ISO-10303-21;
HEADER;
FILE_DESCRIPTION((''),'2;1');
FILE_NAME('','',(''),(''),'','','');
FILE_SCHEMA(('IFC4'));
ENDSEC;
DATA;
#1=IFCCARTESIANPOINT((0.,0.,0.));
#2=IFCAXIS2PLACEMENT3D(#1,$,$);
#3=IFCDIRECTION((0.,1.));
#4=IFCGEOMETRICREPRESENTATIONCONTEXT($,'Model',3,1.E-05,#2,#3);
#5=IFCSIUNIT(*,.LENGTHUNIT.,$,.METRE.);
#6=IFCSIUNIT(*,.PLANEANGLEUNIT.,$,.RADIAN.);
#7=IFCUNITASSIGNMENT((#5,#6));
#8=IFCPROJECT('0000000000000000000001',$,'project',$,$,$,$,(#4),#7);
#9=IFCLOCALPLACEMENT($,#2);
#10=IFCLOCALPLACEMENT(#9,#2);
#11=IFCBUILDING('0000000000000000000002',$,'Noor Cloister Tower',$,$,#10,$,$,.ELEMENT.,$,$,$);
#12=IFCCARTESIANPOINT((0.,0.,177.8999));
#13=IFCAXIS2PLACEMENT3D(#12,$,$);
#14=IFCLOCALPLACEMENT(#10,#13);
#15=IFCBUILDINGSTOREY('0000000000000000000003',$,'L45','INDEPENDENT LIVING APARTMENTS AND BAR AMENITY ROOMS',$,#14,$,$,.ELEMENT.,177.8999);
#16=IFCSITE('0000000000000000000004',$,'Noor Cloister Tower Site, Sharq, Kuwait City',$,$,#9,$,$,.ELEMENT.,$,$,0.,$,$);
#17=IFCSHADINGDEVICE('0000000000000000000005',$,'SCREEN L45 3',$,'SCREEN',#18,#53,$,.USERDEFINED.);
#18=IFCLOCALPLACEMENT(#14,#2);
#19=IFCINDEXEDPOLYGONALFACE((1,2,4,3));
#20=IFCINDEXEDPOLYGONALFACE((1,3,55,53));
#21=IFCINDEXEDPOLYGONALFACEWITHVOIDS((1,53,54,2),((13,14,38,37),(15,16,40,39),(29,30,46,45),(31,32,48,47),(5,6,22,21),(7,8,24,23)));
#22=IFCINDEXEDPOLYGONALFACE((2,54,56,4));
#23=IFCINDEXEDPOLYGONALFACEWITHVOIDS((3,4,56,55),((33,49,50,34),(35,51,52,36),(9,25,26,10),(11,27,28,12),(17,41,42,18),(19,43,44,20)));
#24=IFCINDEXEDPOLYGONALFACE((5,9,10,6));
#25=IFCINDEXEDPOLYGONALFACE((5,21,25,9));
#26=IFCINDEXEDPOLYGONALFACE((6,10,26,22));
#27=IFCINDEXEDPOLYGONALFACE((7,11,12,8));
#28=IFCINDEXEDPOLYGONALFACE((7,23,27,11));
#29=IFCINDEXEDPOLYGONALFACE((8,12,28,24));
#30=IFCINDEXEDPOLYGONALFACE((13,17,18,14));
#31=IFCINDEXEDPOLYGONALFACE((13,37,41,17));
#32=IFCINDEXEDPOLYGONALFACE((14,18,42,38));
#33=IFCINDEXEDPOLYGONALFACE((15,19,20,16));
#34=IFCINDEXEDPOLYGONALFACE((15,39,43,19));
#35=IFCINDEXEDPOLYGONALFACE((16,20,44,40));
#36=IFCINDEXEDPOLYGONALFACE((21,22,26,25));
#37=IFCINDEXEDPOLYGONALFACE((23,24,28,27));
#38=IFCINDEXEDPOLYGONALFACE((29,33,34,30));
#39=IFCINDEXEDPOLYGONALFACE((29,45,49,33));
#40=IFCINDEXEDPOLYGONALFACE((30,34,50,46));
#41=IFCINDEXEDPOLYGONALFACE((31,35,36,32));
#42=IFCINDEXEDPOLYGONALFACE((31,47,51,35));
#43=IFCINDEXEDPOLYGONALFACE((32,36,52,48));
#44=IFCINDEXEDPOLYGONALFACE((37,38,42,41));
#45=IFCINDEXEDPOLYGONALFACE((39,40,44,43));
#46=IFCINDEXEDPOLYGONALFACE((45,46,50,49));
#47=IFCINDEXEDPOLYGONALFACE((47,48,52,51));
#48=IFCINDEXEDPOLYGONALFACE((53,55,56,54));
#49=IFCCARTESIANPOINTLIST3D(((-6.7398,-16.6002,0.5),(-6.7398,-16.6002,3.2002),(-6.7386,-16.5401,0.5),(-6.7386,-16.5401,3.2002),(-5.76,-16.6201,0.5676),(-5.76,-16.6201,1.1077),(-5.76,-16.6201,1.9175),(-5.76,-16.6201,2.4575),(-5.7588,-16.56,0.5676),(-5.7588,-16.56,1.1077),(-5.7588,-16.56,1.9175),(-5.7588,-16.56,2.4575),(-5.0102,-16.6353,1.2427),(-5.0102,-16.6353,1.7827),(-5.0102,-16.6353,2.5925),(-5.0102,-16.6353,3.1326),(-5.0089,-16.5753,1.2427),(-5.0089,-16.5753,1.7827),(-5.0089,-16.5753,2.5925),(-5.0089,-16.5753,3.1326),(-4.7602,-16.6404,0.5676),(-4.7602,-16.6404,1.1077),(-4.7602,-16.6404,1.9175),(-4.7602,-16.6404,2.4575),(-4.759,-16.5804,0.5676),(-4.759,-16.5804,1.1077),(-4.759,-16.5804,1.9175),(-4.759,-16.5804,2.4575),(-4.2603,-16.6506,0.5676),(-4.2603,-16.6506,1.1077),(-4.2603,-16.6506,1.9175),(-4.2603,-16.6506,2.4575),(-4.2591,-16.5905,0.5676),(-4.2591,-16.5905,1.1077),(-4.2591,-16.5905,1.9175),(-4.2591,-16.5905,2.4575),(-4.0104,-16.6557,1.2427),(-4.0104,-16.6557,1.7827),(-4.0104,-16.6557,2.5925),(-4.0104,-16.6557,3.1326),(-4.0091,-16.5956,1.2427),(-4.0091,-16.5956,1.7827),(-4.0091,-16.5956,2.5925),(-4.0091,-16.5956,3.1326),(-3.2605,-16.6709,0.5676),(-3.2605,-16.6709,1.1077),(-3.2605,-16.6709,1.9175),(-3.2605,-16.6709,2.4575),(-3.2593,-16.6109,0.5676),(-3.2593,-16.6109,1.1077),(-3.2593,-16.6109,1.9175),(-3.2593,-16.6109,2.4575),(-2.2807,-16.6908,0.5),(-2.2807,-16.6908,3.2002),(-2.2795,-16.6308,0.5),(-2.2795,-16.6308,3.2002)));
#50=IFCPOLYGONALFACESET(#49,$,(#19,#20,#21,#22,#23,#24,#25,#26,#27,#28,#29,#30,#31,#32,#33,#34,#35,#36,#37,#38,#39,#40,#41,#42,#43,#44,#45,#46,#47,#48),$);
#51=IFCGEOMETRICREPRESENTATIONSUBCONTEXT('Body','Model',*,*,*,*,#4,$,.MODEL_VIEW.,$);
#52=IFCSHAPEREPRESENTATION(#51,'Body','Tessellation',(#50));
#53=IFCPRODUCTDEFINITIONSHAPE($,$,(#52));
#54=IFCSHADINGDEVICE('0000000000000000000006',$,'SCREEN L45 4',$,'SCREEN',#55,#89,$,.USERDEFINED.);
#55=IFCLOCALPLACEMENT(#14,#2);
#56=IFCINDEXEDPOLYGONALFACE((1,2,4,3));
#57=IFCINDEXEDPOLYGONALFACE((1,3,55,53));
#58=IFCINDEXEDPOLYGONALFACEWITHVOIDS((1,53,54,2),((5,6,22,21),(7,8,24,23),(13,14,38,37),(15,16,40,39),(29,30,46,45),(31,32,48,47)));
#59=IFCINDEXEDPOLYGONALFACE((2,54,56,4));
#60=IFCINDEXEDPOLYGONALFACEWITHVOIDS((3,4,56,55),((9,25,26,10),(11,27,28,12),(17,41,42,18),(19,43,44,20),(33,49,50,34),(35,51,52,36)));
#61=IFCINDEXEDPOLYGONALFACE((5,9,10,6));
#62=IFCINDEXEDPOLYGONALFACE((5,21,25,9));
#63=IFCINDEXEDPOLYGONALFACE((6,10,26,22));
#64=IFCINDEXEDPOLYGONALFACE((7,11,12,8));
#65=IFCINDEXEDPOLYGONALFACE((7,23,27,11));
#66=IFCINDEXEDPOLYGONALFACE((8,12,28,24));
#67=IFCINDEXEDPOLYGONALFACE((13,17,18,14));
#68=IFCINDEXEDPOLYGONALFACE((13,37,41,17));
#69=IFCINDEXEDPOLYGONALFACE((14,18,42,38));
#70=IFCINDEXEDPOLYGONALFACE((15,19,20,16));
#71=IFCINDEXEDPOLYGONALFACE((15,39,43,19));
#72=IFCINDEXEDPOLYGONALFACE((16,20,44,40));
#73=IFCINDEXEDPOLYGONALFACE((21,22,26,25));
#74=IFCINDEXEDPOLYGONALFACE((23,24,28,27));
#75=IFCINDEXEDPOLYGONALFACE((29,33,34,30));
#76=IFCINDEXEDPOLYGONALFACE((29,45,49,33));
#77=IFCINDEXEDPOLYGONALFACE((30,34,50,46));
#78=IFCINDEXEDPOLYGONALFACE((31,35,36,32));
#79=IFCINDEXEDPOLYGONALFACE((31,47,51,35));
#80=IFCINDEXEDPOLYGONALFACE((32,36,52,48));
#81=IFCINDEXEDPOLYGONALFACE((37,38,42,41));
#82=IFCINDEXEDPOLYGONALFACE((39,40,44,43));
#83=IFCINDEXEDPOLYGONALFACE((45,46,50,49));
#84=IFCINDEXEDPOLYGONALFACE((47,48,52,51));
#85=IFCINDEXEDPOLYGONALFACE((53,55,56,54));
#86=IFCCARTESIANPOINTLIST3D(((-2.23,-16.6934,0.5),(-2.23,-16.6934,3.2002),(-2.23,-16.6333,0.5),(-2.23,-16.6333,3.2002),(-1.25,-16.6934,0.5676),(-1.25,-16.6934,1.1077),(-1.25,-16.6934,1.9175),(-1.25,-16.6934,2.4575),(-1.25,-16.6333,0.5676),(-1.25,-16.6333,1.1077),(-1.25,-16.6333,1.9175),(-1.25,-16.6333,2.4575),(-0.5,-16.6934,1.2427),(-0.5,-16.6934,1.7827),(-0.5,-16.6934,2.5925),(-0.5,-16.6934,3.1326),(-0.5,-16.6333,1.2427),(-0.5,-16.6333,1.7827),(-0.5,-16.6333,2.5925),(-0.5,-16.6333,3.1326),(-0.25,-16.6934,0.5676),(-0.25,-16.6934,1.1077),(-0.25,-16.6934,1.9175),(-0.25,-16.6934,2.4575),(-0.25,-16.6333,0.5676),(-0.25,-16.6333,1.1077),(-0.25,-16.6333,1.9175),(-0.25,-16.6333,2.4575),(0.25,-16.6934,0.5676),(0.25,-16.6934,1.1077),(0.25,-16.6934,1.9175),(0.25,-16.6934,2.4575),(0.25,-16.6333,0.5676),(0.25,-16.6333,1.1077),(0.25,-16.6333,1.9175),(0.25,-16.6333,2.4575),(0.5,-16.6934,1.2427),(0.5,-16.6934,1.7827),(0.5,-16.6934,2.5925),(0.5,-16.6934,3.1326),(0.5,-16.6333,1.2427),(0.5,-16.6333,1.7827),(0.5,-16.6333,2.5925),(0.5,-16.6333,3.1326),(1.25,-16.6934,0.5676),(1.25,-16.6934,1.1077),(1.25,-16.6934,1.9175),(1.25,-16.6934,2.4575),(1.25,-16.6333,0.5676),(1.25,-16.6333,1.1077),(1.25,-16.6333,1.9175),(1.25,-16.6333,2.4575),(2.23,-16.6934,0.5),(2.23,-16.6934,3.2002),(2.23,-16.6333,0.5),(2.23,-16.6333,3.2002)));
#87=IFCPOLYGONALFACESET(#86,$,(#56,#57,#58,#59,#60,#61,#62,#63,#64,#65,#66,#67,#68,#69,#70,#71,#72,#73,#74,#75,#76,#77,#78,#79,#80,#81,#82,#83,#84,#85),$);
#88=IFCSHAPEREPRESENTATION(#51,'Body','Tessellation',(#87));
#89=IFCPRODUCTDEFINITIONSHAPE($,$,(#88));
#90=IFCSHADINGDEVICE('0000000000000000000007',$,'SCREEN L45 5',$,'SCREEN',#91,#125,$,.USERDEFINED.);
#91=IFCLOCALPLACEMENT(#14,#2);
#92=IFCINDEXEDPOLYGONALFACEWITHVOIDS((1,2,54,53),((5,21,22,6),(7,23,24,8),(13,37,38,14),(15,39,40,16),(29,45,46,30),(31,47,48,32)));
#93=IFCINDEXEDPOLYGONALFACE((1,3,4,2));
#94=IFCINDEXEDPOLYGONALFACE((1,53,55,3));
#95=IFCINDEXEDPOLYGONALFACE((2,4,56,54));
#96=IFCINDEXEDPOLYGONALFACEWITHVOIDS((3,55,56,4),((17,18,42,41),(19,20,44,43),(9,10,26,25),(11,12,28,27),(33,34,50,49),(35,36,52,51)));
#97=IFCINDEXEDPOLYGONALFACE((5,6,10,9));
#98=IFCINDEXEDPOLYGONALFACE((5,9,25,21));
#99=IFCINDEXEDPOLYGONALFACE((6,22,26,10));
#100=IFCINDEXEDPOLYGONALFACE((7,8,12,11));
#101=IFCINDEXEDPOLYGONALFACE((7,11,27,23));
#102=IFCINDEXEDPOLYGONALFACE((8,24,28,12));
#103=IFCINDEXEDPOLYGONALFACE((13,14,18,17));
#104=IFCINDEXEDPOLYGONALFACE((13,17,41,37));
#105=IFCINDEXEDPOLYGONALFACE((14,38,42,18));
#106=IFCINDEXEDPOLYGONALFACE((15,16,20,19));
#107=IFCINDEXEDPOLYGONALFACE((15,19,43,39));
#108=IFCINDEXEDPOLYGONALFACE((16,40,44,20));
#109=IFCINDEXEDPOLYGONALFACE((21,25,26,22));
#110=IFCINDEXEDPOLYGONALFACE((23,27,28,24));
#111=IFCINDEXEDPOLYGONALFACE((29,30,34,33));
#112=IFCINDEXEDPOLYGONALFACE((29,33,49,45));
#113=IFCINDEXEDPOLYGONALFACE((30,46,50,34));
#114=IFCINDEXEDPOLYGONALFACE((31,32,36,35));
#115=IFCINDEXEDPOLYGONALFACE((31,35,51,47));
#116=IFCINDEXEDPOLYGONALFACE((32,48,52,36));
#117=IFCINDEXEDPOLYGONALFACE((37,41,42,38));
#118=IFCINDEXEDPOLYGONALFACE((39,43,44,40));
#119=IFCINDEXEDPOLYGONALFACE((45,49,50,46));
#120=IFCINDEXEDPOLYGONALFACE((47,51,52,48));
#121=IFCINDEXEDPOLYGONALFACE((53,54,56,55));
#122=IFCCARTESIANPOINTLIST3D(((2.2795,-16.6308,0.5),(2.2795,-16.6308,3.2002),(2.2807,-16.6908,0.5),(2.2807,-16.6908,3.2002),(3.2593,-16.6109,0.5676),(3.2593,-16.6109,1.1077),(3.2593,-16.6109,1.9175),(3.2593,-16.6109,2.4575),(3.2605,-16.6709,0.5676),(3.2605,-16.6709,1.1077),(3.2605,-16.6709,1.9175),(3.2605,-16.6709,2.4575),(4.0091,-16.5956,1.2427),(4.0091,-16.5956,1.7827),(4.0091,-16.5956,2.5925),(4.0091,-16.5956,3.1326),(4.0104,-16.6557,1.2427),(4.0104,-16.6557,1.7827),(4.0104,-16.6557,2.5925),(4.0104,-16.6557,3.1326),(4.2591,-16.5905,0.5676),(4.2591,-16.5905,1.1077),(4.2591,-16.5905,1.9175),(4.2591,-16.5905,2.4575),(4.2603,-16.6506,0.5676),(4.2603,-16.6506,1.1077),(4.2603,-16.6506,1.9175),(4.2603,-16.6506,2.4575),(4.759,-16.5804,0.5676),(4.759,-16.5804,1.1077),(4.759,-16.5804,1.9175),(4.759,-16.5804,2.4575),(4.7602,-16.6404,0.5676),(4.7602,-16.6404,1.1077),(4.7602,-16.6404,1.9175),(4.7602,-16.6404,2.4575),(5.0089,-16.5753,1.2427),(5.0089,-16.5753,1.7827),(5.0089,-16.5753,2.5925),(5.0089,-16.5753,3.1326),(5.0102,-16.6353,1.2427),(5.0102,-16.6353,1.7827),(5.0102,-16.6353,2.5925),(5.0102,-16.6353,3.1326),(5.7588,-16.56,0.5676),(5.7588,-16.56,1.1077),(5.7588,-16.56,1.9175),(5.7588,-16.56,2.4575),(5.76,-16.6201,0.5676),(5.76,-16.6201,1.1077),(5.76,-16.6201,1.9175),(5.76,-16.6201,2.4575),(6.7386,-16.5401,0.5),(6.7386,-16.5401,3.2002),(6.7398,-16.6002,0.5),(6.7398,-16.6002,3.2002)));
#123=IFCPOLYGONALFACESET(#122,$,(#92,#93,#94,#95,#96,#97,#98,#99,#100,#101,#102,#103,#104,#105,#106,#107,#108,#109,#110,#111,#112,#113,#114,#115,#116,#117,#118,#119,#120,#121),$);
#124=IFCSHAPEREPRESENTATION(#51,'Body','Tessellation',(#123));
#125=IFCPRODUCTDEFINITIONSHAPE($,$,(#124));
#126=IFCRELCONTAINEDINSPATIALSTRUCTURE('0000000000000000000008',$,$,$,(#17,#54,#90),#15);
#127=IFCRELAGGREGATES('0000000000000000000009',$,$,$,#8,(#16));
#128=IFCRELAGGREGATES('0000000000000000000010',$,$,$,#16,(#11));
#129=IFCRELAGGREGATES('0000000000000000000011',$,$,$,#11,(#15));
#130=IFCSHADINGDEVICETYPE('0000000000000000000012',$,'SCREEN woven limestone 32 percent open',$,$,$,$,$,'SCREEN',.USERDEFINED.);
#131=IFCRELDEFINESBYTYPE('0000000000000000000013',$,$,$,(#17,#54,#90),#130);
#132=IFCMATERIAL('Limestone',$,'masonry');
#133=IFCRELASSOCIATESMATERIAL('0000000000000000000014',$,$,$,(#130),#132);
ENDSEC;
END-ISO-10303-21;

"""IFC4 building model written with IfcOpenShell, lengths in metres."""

from ifc_helpers import new_model, si_unit, direction, frame, origin, place, context, subcontext, project, spatial, polyline, outline, extrude, material, material_profile, profile_set, type_object, element, save


model = new_model("IFC4")

# Units and contexts
model_context = context("Model", 3, precision=1e-05, world=origin(), true_north=direction((0.0, 1.0)))
body_context = subcontext(model_context, "Body", "Model", "MODEL_VIEW")
ifc_project = project(units=[si_unit("LENGTHUNIT", "METRE"), si_unit("PLANEANGLEUNIT", "RADIAN")], contexts=[model_context])

# Site, building, storey
site_placement = place(None, origin())
site = spatial("IfcSite", under=ifc_project, at=site_placement, Name="Noor Cloister Tower Site, Sharq, Kuwait City", CompositionType="ELEMENT", RefElevation=0.0)
building_placement = place(site_placement, origin())
building = spatial("IfcBuilding", under=site, at=building_placement, Name="Noor Cloister Tower", CompositionType="ELEMENT")
storey_placement = place(building_placement, frame((0.0, 0.0, 177.8999)))
storey = spatial("IfcBuildingStorey", under=building, at=storey_placement, Name="L45", Description="INDEPENDENT LIVING APARTMENTS AND BAR AMENITY ROOMS", CompositionType="ELEMENT", Elevation=177.8999)

# Shading devices
ifc_material_1 = material(Name="Limestone", Category="masonry")
ifc_material_profile_1 = material_profile(ifc_material_1, outline(polyline([(-2.23, -1.3501), (2.23, -1.3501), (2.23, 1.3501), (-2.23, 1.3501), (-2.23, -1.3501)]), holes=[polyline([(-1.25, -1.2825), (-0.25, -1.2825), (-0.25, -0.7424), (-1.25, -0.7424), (-1.25, -1.2825)]), polyline([(0.25, -1.2825), (1.25, -1.2825), (1.25, -0.7424), (0.25, -0.7424), (0.25, -1.2825)]), polyline([(-0.5, -0.6074), (0.5, -0.6074), (0.5, -0.0674), (-0.5, -0.0674), (-0.5, -0.6074)]), polyline([(-1.25, 0.0674), (-0.25, 0.0674), (-0.25, 0.6074), (-1.25, 0.6074), (-1.25, 0.0674)]), polyline([(0.25, 0.0674), (1.25, 0.0674), (1.25, 0.6074), (0.25, 0.6074), (0.25, 0.0674)]), polyline([(-0.5, 0.7424), (0.5, 0.7424), (0.5, 1.2825), (-0.5, 1.2825), (-0.5, 0.7424)])]), Name="Woven screen 32 percent open")
ifc_profile_set_1 = profile_set([ifc_material_profile_1], Name="Limestone")
shading_device_type = type_object("IfcShadingDeviceType", Name="SCREEN woven limestone 32 percent open", ElementType="SCREEN", PredefinedType="USERDEFINED", material=ifc_profile_set_1)
for number, where, z_axis, x_axis, name in (
    (1, (-4.509, -16.5854, 1.8501), (-0.020321, -0.999794, 0.0), (0.999794, -0.020321, 0.0), "SCREEN L45 3"),
    (2, (0.0, -16.6333, 1.8501), (0.0, -1.0, 0.0), (1.0, 0.0, 0.0), "SCREEN L45 4"),
    (3, (4.509, -16.5854, 1.8501), (0.020321, -0.999794, 0.0), (0.999794, 0.020321, 0.0), "SCREEN L45 5"),
):
    element("IfcShadingDevice", number, at=place(storey_placement, frame(where, z_axis=z_axis, x_axis=x_axis)), inside=storey, type_object=shading_device_type, Name=name, ObjectType="SCREEN", PredefinedType="USERDEFINED", context=body_context, shape_type="SweptSolid", body=[
        extrude(outline(polyline([(-2.23, -1.3501), (2.23, -1.3501), (2.23, 1.3501), (-2.23, 1.3501), (-2.23, -1.3501)]), holes=[polyline([(-1.25, -1.2825), (-0.25, -1.2825), (-0.25, -0.7424), (-1.25, -0.7424), (-1.25, -1.2825)]), polyline([(0.25, -1.2825), (1.25, -1.2825), (1.25, -0.7424), (0.25, -0.7424), (0.25, -1.2825)]), polyline([(-0.5, -0.6074), (0.5, -0.6074), (0.5, -0.0674), (-0.5, -0.0674), (-0.5, -0.6074)]), polyline([(-1.25, 0.0674), (-0.25, 0.0674), (-0.25, 0.6074), (-1.25, 0.6074), (-1.25, 0.0674)]), polyline([(0.25, 0.0674), (1.25, 0.0674), (1.25, 0.6074), (0.25, 0.6074), (0.25, 0.0674)]), polyline([(-0.5, 0.7424), (0.5, 0.7424), (0.5, 1.2825), (-0.5, 1.2825), (-0.5, 0.7424)])]), origin(), (0.0, 0.0, 1.0), 0.0601),
    ])

save(model, "model.ifc")
